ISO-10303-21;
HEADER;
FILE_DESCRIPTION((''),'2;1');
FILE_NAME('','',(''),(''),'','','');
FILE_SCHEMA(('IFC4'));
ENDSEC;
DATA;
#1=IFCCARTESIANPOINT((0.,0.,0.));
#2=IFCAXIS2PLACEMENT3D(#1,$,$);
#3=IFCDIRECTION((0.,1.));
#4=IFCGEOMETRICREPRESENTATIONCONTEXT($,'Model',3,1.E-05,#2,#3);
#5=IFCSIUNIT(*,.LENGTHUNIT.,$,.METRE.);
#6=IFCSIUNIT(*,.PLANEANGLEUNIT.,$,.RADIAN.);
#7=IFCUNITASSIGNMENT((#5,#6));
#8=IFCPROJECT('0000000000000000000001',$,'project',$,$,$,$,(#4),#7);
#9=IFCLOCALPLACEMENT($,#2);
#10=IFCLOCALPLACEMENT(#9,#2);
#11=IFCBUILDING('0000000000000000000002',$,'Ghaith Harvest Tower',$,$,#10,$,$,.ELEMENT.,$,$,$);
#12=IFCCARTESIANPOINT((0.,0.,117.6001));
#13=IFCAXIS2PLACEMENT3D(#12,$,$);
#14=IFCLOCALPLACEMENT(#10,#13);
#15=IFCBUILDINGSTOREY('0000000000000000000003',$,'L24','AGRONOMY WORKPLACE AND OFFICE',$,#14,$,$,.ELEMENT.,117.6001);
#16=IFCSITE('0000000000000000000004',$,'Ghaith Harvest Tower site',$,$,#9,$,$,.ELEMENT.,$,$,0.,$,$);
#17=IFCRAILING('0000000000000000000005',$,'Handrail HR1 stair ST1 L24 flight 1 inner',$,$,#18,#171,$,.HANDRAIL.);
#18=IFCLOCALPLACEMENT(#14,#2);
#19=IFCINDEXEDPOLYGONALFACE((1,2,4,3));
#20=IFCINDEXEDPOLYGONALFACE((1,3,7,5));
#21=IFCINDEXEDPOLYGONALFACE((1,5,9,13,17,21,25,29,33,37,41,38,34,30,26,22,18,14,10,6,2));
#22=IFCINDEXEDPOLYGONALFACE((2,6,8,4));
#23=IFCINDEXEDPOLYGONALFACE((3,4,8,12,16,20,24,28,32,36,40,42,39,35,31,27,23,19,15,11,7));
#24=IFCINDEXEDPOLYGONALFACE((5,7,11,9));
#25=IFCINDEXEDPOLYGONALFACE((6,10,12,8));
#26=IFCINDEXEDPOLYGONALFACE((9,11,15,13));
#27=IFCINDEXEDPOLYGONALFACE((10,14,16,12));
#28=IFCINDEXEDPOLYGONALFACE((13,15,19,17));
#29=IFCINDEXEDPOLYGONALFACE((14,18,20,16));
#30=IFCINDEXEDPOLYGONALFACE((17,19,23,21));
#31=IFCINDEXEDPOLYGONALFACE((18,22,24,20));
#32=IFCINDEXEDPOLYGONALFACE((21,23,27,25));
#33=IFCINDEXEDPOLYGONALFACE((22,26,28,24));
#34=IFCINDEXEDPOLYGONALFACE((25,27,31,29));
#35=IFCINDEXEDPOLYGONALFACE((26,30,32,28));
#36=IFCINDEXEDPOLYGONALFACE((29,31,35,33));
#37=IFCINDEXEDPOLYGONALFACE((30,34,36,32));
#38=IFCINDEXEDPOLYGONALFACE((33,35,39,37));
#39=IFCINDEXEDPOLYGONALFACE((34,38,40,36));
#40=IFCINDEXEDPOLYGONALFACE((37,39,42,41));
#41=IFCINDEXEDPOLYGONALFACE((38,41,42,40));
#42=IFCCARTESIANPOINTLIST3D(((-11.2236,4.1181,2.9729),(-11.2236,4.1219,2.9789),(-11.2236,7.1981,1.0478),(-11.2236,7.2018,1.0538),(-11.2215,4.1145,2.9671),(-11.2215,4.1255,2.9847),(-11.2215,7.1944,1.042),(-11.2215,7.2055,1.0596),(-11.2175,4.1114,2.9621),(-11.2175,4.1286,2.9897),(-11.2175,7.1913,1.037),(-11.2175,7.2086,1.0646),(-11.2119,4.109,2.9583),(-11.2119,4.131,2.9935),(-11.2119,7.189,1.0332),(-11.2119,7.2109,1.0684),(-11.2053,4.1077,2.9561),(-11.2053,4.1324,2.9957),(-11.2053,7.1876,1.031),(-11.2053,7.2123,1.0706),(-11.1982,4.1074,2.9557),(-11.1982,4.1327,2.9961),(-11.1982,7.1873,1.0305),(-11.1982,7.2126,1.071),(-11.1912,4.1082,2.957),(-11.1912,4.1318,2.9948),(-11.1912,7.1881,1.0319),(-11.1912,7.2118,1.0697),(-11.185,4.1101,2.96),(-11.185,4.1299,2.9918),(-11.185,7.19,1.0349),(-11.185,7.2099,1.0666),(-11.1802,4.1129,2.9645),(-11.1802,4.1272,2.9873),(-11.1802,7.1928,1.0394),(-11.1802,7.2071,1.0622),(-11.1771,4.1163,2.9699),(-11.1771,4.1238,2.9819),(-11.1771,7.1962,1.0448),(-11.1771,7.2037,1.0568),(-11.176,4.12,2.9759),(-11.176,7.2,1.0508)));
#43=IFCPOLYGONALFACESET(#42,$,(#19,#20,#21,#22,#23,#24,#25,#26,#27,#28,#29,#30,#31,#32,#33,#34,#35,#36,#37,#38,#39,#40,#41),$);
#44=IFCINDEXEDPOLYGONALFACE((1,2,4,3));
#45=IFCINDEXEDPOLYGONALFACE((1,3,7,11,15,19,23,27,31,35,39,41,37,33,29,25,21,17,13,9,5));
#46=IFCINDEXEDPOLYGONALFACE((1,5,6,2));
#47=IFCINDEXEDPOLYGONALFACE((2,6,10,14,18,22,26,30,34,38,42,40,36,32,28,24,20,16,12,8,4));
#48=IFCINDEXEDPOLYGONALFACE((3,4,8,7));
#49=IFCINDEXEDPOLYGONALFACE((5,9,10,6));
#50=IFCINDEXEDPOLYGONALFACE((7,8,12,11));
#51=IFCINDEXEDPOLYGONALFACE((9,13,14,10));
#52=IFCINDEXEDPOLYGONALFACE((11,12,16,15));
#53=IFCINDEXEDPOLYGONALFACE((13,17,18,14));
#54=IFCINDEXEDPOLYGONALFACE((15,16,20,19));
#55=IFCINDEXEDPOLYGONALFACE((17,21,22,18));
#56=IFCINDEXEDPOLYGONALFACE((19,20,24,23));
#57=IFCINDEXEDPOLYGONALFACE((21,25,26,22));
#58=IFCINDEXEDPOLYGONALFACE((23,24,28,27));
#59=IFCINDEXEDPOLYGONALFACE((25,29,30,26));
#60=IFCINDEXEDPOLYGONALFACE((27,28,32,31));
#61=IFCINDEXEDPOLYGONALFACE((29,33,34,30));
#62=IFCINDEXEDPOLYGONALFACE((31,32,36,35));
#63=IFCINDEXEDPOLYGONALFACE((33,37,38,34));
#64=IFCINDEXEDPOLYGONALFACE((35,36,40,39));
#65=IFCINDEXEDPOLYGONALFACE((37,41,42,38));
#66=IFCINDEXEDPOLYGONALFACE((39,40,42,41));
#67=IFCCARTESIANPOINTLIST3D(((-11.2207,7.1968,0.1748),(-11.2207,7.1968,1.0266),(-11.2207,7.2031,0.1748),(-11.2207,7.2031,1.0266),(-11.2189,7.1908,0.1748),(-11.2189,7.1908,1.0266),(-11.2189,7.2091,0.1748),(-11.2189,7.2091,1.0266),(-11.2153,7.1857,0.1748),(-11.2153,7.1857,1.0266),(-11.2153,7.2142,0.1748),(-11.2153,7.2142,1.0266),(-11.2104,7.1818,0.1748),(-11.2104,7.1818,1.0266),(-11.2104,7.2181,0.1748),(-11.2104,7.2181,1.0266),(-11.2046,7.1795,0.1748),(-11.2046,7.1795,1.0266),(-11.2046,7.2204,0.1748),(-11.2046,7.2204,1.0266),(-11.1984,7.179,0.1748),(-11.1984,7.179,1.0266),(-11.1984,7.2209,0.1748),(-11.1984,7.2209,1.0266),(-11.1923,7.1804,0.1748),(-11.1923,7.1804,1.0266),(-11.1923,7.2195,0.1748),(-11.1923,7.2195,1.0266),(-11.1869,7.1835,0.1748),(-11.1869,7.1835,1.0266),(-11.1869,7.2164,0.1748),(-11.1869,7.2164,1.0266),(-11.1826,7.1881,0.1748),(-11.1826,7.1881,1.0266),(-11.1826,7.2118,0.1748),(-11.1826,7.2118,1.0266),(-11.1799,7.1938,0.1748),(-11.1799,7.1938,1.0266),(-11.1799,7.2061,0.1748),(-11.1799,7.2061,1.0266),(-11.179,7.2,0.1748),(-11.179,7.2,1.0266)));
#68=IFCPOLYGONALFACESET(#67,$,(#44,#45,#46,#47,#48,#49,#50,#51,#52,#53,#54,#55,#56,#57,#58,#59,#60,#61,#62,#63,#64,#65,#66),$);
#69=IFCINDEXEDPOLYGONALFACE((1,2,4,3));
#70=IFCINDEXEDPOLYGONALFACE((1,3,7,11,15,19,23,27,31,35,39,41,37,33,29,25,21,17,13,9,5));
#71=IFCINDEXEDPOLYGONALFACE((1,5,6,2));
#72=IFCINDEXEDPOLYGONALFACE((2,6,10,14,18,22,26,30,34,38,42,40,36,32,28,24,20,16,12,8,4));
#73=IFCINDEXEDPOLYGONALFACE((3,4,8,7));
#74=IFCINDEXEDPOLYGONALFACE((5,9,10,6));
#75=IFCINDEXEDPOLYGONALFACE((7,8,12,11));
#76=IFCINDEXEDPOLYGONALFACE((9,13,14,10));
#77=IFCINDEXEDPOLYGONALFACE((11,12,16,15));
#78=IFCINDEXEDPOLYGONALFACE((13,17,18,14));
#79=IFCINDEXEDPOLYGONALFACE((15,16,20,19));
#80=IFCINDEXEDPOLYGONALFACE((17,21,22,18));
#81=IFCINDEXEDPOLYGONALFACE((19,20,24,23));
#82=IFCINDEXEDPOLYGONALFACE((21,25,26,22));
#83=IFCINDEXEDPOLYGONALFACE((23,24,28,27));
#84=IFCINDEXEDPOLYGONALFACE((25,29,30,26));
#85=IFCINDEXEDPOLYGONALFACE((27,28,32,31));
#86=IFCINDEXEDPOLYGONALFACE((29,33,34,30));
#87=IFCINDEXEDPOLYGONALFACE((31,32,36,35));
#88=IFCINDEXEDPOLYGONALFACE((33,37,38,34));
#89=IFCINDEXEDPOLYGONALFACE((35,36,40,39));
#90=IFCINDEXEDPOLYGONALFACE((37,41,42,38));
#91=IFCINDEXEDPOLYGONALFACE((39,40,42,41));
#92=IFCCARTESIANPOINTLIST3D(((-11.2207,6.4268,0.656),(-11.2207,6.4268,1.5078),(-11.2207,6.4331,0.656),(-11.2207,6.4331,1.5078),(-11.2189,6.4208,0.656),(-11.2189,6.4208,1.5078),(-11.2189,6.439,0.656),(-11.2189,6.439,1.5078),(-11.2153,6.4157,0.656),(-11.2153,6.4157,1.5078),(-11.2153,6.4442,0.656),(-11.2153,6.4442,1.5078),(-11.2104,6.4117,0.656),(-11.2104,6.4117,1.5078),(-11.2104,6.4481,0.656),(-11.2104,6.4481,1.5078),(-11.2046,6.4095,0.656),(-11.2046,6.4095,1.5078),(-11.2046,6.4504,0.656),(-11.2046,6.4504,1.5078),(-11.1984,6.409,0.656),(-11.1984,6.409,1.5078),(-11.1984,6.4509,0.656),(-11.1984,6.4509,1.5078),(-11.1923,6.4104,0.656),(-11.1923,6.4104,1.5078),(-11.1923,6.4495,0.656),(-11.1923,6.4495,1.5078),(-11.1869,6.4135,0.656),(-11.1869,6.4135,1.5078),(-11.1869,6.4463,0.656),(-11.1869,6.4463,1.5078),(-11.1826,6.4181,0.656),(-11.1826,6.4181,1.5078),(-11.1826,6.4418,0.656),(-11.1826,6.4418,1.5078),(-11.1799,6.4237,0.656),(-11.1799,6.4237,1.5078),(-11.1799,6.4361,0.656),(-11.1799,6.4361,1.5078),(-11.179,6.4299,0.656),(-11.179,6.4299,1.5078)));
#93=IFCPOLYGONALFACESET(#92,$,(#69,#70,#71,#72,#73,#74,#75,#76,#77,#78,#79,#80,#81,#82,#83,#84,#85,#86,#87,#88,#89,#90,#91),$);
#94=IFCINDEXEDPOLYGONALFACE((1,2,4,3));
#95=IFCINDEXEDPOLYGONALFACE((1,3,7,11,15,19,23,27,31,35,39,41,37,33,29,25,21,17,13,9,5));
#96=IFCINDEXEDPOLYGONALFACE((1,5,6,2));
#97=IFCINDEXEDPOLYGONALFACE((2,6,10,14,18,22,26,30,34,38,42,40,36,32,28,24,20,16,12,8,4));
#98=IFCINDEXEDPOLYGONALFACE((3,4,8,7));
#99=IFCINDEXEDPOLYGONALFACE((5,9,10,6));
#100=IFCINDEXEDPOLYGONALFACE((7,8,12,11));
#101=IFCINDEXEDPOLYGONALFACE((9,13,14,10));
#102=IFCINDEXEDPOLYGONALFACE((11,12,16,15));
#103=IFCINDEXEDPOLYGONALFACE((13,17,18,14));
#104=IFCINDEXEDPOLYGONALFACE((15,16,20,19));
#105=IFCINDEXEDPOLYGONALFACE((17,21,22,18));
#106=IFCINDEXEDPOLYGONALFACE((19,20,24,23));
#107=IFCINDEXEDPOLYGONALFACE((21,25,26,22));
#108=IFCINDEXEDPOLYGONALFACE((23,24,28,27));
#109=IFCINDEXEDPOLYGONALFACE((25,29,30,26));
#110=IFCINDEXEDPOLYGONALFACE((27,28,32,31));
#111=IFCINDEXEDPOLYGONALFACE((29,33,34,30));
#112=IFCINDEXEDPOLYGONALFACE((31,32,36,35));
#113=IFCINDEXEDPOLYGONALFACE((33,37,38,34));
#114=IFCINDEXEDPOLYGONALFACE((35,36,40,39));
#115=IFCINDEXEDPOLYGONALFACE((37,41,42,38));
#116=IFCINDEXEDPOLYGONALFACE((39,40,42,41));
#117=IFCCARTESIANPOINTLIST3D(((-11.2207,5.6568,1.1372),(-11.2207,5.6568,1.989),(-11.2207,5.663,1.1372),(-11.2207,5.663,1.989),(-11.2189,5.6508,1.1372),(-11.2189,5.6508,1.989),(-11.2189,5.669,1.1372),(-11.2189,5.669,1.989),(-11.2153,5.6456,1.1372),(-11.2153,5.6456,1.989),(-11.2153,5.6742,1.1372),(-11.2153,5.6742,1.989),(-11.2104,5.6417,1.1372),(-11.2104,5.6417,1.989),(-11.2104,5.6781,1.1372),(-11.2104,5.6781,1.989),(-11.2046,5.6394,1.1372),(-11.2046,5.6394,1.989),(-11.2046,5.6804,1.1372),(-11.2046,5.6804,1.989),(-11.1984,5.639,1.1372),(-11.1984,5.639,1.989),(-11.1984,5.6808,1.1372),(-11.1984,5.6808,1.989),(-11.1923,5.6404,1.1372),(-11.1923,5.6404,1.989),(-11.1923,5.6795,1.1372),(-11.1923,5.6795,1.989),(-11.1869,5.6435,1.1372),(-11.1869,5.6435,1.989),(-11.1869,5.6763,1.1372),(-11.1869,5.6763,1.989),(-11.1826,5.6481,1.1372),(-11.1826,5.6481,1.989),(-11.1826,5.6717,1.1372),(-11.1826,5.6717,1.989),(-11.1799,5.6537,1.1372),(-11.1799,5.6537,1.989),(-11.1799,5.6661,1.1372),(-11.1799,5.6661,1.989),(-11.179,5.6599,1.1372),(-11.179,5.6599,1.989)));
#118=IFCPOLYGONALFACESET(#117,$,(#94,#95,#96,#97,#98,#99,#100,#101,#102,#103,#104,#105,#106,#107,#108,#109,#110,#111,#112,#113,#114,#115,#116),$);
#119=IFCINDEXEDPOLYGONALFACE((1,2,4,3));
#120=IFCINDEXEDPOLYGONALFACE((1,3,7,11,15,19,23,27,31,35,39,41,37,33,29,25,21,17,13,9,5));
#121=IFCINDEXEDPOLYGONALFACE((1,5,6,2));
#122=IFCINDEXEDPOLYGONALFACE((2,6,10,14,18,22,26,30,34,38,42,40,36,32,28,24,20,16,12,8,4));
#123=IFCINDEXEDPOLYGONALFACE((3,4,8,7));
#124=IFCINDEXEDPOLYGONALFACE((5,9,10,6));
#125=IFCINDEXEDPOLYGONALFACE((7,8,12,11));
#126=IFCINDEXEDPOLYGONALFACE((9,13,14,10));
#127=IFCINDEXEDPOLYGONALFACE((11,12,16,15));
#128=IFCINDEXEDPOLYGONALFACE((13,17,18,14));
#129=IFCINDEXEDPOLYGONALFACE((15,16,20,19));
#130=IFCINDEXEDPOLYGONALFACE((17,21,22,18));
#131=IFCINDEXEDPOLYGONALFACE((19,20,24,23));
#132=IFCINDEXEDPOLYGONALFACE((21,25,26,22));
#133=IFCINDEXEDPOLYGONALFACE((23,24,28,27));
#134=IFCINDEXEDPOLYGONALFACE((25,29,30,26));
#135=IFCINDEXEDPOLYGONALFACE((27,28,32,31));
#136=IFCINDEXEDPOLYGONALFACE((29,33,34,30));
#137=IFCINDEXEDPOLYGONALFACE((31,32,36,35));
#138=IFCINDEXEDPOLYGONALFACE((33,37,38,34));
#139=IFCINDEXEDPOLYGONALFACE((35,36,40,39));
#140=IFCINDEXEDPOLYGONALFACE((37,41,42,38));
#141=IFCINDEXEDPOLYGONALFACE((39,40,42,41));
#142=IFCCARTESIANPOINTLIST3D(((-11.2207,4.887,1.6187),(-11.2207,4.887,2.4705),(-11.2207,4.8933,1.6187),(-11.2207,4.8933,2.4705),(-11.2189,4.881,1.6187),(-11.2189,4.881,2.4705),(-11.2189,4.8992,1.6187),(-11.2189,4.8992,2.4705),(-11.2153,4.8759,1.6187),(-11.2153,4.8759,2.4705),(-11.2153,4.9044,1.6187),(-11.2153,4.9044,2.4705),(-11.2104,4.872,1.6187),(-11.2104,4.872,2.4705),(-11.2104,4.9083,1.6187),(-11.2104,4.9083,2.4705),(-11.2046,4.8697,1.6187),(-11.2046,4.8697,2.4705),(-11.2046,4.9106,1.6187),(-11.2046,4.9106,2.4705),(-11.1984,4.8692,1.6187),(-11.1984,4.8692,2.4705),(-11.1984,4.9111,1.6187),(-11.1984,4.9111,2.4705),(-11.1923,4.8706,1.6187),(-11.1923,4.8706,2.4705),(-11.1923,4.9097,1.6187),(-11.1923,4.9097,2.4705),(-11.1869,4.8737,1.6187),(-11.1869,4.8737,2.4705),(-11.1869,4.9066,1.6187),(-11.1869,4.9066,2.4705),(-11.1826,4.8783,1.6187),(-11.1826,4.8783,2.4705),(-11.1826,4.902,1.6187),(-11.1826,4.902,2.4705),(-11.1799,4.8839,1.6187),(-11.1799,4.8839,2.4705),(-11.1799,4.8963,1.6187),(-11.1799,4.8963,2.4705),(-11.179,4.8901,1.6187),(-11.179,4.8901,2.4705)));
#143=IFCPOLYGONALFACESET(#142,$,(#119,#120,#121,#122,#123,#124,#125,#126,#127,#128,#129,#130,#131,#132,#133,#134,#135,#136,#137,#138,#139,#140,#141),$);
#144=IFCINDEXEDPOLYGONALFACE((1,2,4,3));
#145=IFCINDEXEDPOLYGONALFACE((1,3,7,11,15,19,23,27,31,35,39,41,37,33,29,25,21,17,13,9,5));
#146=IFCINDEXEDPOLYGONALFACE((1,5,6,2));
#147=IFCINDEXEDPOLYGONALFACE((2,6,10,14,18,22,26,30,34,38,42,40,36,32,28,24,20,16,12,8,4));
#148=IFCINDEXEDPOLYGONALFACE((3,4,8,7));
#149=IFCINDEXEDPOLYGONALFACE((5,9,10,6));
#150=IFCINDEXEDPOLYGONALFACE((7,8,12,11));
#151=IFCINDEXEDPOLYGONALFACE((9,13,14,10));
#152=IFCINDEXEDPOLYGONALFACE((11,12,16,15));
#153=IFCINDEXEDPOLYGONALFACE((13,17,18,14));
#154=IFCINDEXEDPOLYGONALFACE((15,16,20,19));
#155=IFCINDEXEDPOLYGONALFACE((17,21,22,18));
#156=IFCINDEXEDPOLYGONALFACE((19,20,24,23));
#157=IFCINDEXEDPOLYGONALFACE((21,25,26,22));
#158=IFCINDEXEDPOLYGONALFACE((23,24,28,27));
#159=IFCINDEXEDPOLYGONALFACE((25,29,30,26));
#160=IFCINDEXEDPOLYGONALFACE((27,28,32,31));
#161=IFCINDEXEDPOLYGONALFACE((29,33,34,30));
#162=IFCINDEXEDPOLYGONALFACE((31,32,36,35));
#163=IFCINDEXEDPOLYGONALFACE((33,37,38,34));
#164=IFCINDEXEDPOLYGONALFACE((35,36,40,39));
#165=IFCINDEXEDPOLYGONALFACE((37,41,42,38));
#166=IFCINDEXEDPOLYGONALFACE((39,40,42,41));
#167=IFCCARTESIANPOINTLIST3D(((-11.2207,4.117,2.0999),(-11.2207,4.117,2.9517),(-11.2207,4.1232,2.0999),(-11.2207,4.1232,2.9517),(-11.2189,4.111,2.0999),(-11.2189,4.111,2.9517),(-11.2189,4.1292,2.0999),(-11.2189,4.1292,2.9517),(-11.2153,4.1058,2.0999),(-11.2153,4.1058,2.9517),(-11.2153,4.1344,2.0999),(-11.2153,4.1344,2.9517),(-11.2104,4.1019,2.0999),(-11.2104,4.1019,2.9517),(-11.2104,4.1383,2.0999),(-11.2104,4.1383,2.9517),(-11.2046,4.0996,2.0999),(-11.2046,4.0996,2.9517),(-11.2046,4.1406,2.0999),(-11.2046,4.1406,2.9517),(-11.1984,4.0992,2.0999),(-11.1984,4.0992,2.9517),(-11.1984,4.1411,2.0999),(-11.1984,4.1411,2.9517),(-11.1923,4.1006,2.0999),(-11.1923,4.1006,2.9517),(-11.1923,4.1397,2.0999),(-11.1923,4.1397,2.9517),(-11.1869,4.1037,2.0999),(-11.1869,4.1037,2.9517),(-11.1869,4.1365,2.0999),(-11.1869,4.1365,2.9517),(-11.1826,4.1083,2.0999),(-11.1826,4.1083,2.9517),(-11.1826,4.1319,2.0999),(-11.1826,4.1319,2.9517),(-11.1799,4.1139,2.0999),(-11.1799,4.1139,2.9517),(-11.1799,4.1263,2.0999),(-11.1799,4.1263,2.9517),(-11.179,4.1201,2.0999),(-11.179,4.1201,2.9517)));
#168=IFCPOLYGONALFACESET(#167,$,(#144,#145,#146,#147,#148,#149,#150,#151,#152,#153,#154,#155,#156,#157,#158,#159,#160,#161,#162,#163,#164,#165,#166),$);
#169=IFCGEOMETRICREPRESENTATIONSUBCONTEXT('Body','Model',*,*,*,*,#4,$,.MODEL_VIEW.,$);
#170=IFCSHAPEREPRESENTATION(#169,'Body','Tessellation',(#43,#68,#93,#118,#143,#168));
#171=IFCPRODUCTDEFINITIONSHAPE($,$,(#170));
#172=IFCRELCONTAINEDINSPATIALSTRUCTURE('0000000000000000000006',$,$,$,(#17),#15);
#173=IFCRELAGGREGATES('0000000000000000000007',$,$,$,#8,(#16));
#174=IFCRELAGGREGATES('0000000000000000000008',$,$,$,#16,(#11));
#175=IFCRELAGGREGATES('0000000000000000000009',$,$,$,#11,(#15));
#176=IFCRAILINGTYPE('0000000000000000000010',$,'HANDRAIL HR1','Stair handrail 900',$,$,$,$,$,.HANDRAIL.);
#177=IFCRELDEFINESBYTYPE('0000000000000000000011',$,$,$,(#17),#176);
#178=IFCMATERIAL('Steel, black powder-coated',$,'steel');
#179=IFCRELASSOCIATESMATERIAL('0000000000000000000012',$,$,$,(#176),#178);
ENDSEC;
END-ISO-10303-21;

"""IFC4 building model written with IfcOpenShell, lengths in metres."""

from ifc_helpers import new_model, si_unit, direction, frame, origin, origin_2d, place, context, subcontext, project, spatial, circle, extrude, material, type_object, element, save


model = new_model("IFC4")

# Units and contexts
model_context = context("Model", 3, precision=1e-05, world=origin(), true_north=direction((0.0, 1.0)))
body_context = subcontext(model_context, "Body", "Model", "MODEL_VIEW")
ifc_project = project(units=[si_unit("LENGTHUNIT", "METRE"), si_unit("PLANEANGLEUNIT", "RADIAN")], contexts=[model_context])

# Site, building, storey
site_placement = place(None, origin())
site = spatial("IfcSite", under=ifc_project, at=site_placement, Name="Ghaith Harvest Tower site", CompositionType="ELEMENT", RefElevation=0.0)
building_placement = place(site_placement, origin())
building = spatial("IfcBuilding", under=site, at=building_placement, Name="Ghaith Harvest Tower", CompositionType="ELEMENT")
storey_placement = place(building_placement, frame((0.0, 0.0, 117.6001)))
storey = spatial("IfcBuildingStorey", under=building, at=storey_placement, Name="L24", Description="AGRONOMY WORKPLACE AND OFFICE", CompositionType="ELEMENT", Elevation=117.6001)

# Railing
ifc_material_1 = material(Name="Steel, black powder-coated", Category="steel")
railing_type = type_object("IfcRailingType", Name="HANDRAIL HR1", Description="Stair handrail 900", PredefinedType="HANDRAIL", material=ifc_material_1)
railing_1_placement = place(storey_placement, frame((-11.2, 7.2, 0.1748)))
element("IfcRailing", 1, at=railing_1_placement, inside=storey, type_object=railing_type, Name="Handrail HR1 stair ST1 L24 flight 1 inner", PredefinedType="HANDRAIL", context=body_context, shape_type="SweptSolid", body=[
    extrude(circle(Radius=0.0239, at=origin_2d()), frame((0.0, 0.0, 0.876), z_axis=(0.0, -0.847979, 0.530029), x_axis=(1.0, 0.0, 0.0)), (0.0, 0.0, 1.0), 3.6321),
    extrude(circle(Radius=0.021, at=origin_2d()), origin(), (0.0, 0.0, 1.0), 0.8518),
    extrude(circle(Radius=0.021, at=origin_2d()), frame((0.0, -0.77, 0.4812)), (0.0, 0.0, 1.0), 0.8518),
    extrude(circle(Radius=0.021, at=origin_2d()), frame((0.0, -1.54, 0.9624)), (0.0, 0.0, 1.0), 0.8518),
    extrude(circle(Radius=0.021, at=origin_2d()), frame((0.0, -2.3098, 1.4438)), (0.0, 0.0, 1.0), 0.8518),
    extrude(circle(Radius=0.021, at=origin_2d()), frame((0.0, -3.0798, 1.925)), (0.0, 0.0, 1.0), 0.8518),
])

save(model, "model.ifc")
